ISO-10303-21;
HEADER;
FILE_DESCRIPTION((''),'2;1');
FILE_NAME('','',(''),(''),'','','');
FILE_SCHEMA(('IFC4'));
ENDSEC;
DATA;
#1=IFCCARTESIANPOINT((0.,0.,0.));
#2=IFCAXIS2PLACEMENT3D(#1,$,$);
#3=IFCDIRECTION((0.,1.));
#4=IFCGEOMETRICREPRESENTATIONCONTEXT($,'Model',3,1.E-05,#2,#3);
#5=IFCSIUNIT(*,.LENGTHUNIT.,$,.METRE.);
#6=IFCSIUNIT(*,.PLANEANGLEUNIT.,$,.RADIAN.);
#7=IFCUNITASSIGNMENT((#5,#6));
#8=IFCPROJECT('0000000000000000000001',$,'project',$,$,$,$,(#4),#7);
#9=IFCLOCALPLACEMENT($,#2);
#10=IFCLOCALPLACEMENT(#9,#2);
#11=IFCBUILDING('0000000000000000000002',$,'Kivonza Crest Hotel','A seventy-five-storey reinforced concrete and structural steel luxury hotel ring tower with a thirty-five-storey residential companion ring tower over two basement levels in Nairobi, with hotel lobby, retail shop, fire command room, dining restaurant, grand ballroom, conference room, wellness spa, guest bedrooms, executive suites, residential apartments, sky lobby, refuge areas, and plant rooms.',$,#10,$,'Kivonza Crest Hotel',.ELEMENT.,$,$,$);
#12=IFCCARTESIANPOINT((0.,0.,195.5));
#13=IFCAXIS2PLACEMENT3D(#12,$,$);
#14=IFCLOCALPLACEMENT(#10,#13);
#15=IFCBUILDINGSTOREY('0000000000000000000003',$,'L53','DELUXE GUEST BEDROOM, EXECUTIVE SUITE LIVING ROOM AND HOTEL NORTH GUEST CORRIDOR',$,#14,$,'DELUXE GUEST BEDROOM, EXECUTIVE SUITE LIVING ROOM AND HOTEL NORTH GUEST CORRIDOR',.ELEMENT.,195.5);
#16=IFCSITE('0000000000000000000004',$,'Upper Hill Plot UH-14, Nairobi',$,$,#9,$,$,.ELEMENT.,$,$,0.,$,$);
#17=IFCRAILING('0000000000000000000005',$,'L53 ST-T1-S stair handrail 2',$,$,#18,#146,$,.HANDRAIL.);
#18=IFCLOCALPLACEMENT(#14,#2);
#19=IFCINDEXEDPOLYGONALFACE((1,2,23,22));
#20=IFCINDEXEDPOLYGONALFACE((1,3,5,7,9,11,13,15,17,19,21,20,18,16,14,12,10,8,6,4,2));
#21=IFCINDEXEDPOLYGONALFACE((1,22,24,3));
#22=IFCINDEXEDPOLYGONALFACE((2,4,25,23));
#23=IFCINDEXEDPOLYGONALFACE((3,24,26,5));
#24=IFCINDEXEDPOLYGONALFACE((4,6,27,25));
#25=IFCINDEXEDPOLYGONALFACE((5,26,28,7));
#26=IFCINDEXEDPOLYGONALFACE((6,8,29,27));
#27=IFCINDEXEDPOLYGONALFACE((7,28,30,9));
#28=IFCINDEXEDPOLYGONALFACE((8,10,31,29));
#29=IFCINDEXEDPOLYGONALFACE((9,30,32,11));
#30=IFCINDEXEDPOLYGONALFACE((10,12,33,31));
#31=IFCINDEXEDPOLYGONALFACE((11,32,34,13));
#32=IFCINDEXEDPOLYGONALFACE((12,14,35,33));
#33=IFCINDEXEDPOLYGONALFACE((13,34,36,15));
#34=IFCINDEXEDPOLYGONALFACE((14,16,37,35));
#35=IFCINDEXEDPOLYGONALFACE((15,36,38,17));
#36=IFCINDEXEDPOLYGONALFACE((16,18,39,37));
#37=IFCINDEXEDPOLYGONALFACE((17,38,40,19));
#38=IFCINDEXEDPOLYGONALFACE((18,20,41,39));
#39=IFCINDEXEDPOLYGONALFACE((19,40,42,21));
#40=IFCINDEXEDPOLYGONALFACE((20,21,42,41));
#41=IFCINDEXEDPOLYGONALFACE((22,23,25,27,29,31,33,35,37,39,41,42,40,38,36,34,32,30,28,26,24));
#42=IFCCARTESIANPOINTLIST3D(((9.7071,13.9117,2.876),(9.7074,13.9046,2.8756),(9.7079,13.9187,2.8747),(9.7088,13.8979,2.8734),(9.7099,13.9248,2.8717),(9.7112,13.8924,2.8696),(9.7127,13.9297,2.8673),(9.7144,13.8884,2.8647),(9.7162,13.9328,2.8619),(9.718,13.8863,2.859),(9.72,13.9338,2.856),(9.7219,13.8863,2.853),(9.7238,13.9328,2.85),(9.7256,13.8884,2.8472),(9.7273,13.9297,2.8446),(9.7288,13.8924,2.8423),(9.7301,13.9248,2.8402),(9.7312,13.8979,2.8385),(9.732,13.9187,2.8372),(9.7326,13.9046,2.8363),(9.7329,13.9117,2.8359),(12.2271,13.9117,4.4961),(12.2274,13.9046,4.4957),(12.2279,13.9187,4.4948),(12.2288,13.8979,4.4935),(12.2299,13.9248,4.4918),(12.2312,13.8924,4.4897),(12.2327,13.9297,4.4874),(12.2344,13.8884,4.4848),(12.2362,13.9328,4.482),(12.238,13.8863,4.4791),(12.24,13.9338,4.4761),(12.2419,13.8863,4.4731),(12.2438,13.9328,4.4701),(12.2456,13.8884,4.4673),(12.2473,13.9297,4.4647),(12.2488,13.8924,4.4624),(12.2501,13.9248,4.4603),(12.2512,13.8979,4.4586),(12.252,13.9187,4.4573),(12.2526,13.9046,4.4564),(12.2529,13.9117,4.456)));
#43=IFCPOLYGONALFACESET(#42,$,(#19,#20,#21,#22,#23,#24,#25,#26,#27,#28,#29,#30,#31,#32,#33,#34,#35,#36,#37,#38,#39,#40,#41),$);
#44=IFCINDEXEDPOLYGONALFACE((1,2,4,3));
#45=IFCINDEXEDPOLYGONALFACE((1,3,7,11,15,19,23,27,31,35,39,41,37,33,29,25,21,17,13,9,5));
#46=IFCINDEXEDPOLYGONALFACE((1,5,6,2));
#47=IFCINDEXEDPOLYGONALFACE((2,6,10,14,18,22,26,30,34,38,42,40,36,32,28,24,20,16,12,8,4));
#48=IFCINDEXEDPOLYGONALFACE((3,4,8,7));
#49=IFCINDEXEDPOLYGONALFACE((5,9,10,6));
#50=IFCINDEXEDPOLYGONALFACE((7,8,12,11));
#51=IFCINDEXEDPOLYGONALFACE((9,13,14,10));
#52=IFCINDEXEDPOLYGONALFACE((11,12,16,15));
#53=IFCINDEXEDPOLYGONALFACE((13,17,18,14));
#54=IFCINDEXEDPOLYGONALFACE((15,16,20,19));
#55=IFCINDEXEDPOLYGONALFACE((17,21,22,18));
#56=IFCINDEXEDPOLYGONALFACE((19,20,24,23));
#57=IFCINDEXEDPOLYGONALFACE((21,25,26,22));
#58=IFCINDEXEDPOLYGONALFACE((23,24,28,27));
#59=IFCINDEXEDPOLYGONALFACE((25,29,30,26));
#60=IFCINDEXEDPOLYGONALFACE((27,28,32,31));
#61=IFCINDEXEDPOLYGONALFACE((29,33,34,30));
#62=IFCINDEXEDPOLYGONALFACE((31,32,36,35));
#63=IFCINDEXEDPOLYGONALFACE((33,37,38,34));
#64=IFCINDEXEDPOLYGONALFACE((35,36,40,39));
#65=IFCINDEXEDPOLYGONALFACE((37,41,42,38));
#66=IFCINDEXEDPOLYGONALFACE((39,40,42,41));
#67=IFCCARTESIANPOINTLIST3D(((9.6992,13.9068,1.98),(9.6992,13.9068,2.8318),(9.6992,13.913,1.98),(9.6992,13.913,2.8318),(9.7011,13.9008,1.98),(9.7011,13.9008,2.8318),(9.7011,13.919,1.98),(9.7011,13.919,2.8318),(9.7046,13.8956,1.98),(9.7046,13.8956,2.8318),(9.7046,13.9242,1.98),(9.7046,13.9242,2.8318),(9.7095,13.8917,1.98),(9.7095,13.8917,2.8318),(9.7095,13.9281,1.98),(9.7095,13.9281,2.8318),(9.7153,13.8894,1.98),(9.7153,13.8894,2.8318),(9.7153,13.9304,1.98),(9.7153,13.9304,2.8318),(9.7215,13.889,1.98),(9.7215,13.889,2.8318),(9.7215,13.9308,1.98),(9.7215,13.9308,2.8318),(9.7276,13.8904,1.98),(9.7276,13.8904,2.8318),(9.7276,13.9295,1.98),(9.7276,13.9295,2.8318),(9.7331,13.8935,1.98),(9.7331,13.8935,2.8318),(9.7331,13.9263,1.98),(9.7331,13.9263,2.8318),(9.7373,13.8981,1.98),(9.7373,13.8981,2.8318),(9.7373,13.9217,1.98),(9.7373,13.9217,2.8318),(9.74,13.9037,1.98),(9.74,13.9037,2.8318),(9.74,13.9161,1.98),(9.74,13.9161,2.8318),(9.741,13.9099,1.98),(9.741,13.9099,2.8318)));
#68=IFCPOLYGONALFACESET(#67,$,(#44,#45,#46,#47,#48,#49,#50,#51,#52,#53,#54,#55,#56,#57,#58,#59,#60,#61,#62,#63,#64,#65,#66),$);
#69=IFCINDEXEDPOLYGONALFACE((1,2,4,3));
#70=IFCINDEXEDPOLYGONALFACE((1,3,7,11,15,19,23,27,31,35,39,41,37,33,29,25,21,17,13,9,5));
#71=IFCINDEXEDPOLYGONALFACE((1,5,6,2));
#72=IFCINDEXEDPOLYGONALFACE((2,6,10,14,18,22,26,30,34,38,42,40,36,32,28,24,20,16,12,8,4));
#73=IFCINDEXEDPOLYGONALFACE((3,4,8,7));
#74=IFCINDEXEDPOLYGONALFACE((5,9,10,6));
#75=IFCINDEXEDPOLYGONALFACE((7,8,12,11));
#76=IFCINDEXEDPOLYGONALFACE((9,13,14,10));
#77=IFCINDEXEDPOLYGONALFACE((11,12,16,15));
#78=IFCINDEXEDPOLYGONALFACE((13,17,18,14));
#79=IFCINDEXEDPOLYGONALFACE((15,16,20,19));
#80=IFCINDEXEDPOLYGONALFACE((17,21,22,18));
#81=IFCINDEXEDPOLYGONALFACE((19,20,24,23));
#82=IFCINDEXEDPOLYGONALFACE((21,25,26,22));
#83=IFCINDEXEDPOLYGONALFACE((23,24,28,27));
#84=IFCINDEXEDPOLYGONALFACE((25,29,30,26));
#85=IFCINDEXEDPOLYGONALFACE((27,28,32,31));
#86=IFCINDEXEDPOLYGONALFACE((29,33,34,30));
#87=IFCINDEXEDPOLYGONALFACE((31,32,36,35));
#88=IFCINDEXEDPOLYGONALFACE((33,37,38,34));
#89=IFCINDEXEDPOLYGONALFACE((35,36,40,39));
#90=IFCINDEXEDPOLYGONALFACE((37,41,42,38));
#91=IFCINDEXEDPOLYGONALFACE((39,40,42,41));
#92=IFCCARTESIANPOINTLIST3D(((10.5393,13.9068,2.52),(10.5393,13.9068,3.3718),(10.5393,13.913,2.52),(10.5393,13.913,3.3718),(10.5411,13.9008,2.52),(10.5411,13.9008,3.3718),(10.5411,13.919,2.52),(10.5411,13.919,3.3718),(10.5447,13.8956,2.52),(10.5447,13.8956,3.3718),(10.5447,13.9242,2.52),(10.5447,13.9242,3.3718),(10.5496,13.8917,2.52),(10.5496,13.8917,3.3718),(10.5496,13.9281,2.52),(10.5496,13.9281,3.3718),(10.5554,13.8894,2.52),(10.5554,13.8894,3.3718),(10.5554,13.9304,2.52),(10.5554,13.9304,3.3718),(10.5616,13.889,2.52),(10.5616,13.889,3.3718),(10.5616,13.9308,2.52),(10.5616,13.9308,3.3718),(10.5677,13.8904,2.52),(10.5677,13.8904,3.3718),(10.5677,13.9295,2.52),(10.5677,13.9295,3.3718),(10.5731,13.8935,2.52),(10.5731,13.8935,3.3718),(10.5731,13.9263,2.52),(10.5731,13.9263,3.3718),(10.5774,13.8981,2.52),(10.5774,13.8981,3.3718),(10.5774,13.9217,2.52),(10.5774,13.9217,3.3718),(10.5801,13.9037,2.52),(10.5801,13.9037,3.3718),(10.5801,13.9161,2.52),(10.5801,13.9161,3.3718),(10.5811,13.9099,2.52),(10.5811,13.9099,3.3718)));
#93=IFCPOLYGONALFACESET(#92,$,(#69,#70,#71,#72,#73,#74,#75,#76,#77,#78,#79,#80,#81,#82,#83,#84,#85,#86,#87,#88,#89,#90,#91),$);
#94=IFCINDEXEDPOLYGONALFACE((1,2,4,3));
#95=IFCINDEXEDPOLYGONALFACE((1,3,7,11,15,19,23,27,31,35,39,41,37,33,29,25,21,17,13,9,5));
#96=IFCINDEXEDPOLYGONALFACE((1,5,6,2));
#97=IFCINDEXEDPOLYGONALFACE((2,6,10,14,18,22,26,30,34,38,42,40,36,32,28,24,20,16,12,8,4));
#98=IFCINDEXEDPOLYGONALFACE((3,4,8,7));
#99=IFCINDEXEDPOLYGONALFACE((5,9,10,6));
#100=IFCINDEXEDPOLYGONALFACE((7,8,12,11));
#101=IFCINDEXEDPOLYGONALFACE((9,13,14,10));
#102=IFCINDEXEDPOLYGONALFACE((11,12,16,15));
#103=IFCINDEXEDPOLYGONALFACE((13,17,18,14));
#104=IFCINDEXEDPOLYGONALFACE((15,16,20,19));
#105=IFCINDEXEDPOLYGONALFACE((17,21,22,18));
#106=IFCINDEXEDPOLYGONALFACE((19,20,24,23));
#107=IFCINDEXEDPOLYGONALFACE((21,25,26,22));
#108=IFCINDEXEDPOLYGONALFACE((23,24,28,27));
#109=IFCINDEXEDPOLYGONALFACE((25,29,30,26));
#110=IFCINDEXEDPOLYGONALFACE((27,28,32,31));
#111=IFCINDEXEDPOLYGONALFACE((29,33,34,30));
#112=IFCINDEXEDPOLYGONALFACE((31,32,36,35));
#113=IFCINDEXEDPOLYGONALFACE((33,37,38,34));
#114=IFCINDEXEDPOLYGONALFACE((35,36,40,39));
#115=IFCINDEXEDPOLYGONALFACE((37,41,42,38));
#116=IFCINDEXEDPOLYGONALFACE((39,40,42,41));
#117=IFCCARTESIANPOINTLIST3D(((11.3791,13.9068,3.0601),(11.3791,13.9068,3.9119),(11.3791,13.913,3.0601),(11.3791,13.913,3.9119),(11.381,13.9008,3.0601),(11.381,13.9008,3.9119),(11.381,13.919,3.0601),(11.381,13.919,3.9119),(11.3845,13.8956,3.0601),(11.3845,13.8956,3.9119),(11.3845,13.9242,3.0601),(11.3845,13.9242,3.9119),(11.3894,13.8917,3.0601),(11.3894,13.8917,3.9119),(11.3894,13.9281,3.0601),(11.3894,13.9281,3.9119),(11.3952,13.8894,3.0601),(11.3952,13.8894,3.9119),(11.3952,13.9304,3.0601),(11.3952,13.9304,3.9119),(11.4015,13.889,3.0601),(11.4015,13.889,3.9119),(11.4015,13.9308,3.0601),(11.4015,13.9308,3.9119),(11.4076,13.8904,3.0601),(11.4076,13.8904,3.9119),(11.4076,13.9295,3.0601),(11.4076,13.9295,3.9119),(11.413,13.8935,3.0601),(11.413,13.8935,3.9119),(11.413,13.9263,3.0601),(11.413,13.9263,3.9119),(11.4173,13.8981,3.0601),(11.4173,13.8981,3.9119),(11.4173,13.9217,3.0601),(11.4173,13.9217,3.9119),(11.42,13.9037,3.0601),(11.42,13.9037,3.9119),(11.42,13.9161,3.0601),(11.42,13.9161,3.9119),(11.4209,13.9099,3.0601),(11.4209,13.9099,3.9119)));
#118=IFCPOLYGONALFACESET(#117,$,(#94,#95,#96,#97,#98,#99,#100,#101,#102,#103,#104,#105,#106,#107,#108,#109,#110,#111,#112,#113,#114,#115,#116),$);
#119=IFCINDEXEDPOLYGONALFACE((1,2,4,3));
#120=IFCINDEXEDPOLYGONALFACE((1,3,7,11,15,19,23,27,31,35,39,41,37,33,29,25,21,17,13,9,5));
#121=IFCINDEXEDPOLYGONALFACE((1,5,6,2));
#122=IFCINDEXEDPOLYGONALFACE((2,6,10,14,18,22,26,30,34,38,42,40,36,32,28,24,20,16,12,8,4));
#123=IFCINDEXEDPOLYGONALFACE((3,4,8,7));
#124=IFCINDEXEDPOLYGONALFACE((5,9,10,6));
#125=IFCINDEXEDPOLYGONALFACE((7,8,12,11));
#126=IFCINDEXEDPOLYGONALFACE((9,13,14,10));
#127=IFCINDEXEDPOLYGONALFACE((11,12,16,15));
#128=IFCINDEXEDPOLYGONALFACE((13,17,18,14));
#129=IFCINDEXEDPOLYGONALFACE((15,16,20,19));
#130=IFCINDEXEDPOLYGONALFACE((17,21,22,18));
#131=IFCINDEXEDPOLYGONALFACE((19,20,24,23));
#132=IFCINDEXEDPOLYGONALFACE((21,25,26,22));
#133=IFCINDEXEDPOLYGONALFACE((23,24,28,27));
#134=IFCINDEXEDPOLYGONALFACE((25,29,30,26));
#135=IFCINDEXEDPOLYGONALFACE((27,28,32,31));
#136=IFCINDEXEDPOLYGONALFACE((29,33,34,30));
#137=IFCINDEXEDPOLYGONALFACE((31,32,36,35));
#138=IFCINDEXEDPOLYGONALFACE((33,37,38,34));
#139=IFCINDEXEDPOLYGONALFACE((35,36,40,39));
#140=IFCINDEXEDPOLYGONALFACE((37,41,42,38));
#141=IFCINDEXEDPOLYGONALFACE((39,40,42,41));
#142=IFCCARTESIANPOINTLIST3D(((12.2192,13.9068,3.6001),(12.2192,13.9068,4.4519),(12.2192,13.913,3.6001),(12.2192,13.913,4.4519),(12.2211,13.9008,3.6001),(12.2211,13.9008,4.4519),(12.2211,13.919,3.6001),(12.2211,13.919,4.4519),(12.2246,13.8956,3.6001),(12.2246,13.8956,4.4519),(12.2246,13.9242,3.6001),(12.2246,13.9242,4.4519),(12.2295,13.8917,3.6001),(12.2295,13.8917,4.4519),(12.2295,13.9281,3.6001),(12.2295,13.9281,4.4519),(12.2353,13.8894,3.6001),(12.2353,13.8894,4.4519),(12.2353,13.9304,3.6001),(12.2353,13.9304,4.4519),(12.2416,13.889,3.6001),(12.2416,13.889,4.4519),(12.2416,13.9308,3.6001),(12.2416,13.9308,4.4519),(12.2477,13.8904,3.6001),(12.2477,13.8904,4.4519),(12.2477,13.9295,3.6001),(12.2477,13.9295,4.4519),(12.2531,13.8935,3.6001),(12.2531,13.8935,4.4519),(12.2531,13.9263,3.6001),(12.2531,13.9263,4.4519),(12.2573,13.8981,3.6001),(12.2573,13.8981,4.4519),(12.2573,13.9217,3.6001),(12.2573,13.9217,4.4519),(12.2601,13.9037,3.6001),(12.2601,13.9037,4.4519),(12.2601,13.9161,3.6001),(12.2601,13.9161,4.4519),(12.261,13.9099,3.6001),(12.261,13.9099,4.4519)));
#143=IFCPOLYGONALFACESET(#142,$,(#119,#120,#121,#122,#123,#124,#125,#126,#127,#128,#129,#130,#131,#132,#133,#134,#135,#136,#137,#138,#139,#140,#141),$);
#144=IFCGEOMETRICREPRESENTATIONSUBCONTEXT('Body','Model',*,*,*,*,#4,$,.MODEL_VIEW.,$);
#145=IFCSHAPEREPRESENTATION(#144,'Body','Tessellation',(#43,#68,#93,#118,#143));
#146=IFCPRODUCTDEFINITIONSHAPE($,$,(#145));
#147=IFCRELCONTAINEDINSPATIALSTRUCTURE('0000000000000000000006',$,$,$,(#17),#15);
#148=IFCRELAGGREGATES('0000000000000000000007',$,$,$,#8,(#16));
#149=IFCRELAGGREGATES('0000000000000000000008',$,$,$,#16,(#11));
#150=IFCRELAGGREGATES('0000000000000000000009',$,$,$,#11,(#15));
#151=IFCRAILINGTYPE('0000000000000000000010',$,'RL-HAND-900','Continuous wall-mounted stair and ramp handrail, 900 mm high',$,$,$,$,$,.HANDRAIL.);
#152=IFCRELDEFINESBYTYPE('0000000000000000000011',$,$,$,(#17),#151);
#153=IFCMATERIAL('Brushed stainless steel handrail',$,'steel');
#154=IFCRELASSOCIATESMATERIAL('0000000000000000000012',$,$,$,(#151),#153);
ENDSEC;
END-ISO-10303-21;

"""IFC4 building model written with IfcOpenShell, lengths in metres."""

from ifc_helpers import new_model, si_unit, direction, frame, origin, origin_2d, place, context, subcontext, project, spatial, circle, extrude, material, type_object, element, save


model = new_model("IFC4")

# Units and contexts
model_context = context("Model", 3, precision=1e-05, world=origin(), true_north=direction((0.0, 1.0)))
body_context = subcontext(model_context, "Body", "Model", "MODEL_VIEW")
ifc_project = project(units=[si_unit("LENGTHUNIT", "METRE"), si_unit("PLANEANGLEUNIT", "RADIAN")], contexts=[model_context])

# Site, building, storey
site_placement = place(None, origin())
site = spatial("IfcSite", under=ifc_project, at=site_placement, Name="Upper Hill Plot UH-14, Nairobi", CompositionType="ELEMENT", RefElevation=0.0)
building_placement = place(site_placement, origin())
building = spatial("IfcBuilding", under=site, at=building_placement, Name="Kivonza Crest Hotel", Description="A seventy-five-storey reinforced concrete and structural steel luxury hotel ring tower with a thirty-five-storey residential companion ring tower over two basement levels in Nairobi, with hotel lobby, retail shop, fire command room, dining restaurant, grand ballroom, conference room, wellness spa, guest bedrooms, executive suites, residential apartments, sky lobby, refuge areas, and plant rooms.", LongName="Kivonza Crest Hotel", CompositionType="ELEMENT")
storey_placement = place(building_placement, frame((0.0, 0.0, 195.5)))
storey = spatial("IfcBuildingStorey", under=building, at=storey_placement, Name="L53", Description="DELUXE GUEST BEDROOM, EXECUTIVE SUITE LIVING ROOM AND HOTEL NORTH GUEST CORRIDOR", LongName="DELUXE GUEST BEDROOM, EXECUTIVE SUITE LIVING ROOM AND HOTEL NORTH GUEST CORRIDOR", CompositionType="ELEMENT", Elevation=195.5)

# Railing
ifc_material_1 = material(Name="Brushed stainless steel handrail", Category="steel")
railing_type_1 = type_object("IfcRailingType", Name="RL-HAND-900", Description="Continuous wall-mounted stair and ramp handrail, 900 mm high", PredefinedType="HANDRAIL", material=ifc_material_1)
railing_1_placement = place(storey_placement, frame((9.72, 13.9099, 1.98)))
element("IfcRailing", 1, at=railing_1_placement, inside=storey, type_object=railing_type_1, Name="L53 ST-T1-S stair handrail 2", PredefinedType="HANDRAIL", context=body_context, shape_type="SweptSolid", body=[
    extrude(circle(Radius=0.0239, at=origin_2d()), frame((0.0, 0.0, 0.876), z_axis=(0.841163, 0.0, 0.540782), x_axis=(0.0, 1.0, 0.0)), (0.0, 0.0, 1.0), 2.9958),
    extrude(circle(Radius=0.021, at=origin_2d()), origin(), (0.0, 0.0, 1.0), 0.8518),
    extrude(circle(Radius=0.021, at=origin_2d()), frame((0.8401, 0.0, 0.54)), (0.0, 0.0, 1.0), 0.8518),
    extrude(circle(Radius=0.021, at=origin_2d()), frame((1.6799, 0.0, 1.0801)), (0.0, 0.0, 1.0), 0.8518),
    extrude(circle(Radius=0.021, at=origin_2d()), frame((2.52, 0.0, 1.6201)), (0.0, 0.0, 1.0), 0.8518),
])

save(model, "model.ifc")
